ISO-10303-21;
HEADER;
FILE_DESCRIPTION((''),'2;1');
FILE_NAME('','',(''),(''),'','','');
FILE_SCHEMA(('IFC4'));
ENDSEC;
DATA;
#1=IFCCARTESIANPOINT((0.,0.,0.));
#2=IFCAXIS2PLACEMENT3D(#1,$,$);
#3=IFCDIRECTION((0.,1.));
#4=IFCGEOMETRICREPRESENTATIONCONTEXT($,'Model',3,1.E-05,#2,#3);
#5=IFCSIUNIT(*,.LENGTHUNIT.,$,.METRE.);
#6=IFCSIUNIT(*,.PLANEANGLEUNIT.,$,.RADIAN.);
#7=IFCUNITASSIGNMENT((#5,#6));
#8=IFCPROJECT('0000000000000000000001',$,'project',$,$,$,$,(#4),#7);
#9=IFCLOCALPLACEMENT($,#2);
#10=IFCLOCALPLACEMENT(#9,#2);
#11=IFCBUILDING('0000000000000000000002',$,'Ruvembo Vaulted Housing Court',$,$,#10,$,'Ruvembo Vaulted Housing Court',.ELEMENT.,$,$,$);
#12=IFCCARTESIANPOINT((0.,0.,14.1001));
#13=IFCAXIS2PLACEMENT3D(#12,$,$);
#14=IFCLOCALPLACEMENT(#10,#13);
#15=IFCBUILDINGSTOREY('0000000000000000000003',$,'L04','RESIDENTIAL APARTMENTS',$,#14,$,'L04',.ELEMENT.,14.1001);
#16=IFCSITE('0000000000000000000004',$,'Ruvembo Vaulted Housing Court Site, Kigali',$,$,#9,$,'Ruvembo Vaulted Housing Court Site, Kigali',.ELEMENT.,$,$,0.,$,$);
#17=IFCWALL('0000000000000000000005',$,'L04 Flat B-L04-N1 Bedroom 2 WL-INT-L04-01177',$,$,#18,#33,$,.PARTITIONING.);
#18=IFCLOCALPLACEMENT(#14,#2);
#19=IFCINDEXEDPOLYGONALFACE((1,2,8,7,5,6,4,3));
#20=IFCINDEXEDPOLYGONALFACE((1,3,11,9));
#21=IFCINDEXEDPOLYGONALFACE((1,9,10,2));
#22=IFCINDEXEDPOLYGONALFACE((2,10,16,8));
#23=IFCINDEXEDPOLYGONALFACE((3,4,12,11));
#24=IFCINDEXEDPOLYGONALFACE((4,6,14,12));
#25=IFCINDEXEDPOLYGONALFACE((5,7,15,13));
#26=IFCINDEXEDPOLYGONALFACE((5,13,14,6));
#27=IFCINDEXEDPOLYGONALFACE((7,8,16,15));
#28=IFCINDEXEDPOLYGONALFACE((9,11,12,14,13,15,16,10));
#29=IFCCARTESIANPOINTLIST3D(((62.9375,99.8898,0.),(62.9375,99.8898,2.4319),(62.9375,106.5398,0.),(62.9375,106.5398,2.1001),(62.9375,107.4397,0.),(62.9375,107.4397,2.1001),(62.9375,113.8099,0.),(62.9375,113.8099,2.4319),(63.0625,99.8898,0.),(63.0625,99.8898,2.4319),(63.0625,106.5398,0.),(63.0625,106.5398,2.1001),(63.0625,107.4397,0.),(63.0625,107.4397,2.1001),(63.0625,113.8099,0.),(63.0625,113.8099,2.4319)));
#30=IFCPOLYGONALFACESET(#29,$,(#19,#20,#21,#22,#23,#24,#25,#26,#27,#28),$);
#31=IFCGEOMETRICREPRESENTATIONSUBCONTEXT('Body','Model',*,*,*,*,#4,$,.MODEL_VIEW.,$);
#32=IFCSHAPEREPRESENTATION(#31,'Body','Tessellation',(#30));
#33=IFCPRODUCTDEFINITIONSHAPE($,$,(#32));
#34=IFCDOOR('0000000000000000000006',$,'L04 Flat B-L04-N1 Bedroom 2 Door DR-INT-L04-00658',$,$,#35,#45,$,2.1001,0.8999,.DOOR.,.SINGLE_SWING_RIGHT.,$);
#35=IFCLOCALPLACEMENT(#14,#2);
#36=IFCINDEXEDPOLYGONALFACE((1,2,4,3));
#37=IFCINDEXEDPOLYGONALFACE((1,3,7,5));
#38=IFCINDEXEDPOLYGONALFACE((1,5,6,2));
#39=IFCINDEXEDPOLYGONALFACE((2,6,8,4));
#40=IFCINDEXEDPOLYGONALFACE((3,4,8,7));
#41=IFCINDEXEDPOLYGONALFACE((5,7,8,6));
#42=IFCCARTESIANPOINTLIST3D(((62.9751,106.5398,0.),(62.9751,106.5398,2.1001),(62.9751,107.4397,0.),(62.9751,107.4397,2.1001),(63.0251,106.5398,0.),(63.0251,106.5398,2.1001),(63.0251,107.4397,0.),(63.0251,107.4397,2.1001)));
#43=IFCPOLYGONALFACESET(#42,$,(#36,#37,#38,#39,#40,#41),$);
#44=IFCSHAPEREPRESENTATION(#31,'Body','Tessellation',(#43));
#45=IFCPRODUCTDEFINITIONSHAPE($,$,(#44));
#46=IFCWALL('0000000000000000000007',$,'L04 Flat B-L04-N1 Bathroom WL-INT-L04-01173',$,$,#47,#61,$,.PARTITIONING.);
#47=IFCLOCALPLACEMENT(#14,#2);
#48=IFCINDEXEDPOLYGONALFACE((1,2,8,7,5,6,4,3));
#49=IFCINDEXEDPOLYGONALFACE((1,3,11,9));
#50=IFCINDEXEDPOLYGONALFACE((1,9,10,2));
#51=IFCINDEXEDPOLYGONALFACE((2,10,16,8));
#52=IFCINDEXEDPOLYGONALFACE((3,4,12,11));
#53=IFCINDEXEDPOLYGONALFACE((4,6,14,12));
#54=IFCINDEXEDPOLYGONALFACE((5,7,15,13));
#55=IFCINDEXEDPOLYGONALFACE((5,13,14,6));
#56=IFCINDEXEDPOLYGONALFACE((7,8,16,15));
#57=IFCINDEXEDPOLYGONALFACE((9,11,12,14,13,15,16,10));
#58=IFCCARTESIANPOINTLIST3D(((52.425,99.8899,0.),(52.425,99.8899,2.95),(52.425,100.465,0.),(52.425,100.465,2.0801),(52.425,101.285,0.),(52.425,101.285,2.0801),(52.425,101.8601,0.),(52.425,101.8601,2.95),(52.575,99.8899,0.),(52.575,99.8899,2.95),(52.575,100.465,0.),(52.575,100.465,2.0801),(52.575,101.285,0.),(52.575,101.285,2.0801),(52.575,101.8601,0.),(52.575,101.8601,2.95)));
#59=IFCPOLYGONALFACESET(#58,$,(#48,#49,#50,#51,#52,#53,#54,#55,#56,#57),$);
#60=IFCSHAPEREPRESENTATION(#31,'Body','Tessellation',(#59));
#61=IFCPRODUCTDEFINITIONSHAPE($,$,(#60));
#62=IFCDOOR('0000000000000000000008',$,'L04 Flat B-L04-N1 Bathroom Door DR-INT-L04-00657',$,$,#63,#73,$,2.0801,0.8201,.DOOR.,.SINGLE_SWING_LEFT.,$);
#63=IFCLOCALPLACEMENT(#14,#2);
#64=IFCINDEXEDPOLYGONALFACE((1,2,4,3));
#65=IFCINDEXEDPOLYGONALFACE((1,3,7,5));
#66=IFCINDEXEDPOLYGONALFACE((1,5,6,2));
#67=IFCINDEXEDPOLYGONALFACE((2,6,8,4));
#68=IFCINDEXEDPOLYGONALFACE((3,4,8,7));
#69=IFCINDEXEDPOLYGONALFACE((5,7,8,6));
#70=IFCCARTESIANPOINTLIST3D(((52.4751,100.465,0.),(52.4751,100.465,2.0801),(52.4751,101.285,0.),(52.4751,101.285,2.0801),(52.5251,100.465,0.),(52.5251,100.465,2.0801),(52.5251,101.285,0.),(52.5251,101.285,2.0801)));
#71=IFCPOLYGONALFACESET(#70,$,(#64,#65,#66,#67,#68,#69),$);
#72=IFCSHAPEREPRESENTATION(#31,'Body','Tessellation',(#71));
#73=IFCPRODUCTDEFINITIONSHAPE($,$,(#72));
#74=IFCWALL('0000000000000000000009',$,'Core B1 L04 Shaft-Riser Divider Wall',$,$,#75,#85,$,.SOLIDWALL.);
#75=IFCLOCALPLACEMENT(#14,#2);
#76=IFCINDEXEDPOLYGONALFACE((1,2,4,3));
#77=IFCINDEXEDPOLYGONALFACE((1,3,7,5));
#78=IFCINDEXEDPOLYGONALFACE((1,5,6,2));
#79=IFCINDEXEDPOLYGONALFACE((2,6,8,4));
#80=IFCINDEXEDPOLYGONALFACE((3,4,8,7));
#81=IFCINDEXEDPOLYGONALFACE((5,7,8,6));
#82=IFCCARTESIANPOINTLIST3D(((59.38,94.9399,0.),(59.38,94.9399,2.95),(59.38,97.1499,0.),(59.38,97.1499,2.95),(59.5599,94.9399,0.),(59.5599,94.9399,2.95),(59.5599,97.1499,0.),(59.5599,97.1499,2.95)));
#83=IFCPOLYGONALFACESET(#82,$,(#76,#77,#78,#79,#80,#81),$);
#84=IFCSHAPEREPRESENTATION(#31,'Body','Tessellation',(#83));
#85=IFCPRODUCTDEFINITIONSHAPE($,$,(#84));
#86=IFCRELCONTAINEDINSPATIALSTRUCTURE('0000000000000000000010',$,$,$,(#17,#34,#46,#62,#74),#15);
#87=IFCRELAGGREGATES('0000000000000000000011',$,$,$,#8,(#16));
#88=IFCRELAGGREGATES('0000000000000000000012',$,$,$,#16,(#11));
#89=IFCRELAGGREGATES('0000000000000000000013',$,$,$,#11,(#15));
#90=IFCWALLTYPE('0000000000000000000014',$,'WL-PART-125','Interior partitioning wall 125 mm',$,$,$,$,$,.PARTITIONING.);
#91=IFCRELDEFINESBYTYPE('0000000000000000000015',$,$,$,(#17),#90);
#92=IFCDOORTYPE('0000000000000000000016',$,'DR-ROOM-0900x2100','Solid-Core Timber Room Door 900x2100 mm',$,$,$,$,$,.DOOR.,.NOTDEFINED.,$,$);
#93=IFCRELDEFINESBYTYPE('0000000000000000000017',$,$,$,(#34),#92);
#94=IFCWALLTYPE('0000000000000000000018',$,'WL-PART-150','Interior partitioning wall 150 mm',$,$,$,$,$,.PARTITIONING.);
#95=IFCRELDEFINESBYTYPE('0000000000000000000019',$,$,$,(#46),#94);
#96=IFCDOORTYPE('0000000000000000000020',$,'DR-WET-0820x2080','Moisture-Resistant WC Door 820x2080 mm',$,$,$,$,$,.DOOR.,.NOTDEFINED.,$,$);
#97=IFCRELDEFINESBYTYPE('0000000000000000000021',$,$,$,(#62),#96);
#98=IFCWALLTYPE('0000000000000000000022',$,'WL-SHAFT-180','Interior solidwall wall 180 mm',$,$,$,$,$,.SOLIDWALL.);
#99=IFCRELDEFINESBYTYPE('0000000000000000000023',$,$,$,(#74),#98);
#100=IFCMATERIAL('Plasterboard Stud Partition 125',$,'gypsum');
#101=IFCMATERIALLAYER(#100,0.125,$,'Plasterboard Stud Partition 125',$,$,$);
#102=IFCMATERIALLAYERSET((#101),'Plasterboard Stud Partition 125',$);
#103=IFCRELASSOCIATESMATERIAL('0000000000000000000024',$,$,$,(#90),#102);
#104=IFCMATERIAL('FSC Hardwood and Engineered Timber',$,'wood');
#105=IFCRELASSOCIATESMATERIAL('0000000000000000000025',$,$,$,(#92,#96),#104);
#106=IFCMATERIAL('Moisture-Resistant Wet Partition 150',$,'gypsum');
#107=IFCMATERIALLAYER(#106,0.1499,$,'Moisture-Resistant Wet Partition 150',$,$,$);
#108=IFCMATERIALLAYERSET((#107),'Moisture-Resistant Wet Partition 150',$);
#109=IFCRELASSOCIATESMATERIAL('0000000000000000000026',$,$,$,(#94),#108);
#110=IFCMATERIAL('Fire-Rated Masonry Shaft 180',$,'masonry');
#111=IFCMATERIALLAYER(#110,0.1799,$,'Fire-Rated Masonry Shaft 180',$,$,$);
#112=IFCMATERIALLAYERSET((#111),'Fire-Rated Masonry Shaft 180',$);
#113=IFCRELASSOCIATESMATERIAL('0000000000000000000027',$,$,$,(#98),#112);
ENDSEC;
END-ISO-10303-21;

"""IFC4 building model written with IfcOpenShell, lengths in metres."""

from ifc_helpers import new_model, si_unit, direction, frame, frame_2d, origin, place, context, subcontext, project, spatial, rectangle, extrude, material, layer, layer_set, type_object, element, fill, save


model = new_model("IFC4")

# Units and contexts
model_context = context("Model", 3, precision=1e-05, world=origin(), true_north=direction((0.0, 1.0)))
body_context = subcontext(model_context, "Body", "Model", "MODEL_VIEW")
ifc_project = project(units=[si_unit("LENGTHUNIT", "METRE"), si_unit("PLANEANGLEUNIT", "RADIAN")], contexts=[model_context])

# Site, building, storey
site_placement = place(None, origin())
site = spatial("IfcSite", under=ifc_project, at=site_placement, Name="Ruvembo Vaulted Housing Court Site, Kigali", LongName="Ruvembo Vaulted Housing Court Site, Kigali", CompositionType="ELEMENT", RefElevation=0.0)
building_placement = place(site_placement, origin())
building = spatial("IfcBuilding", under=site, at=building_placement, Name="Ruvembo Vaulted Housing Court", LongName="Ruvembo Vaulted Housing Court", CompositionType="ELEMENT")
storey_placement = place(building_placement, frame((0.0, 0.0, 14.1001)))
storey = spatial("IfcBuildingStorey", under=building, at=storey_placement, Name="L04", Description="RESIDENTIAL APARTMENTS", LongName="L04", CompositionType="ELEMENT", Elevation=14.1001)

# Shared definitions
ifc_material_1 = material(Name="FSC Hardwood and Engineered Timber", Category="wood")

# Walls, openings, doors
ifc_material_2 = material(Name="Plasterboard Stud Partition 125", Category="gypsum")
ifc_layer_1 = layer(ifc_material_2, 0.125, Name="Plasterboard Stud Partition 125")
ifc_layer_set_1 = layer_set([ifc_layer_1], Name="Plasterboard Stud Partition 125")
wall_type_1 = type_object("IfcWallType", Name="WL-PART-125", Description="Interior partitioning wall 125 mm", PredefinedType="PARTITIONING", material=ifc_layer_set_1)
wall_1_placement = place(storey_placement, frame((63.0, 99.8899, 0.0), z_axis=(0.0, 0.0, 1.0), x_axis=(0.0, 1.0, 0.0)))
wall_1 = element("IfcWall", 1, at=wall_1_placement, inside=storey, type_object=wall_type_1, Name="L04 Flat B-L04-N1 Bedroom 2 WL-INT-L04-01177", PredefinedType="PARTITIONING", context=body_context, shape_type="SweptSolid", body=[
    extrude(rectangle(XDim=13.9202, YDim=0.125, at=frame_2d((6.96, 0.0))), origin(), (0.0, 0.0, 1.0), 2.4319),
])
opening_1_placement = place(wall_1_placement, frame((6.6499, 0.0, 0.0)))
opening_1 = element("IfcOpeningElement", 2, at=opening_1_placement, cuts=wall_1, PredefinedType="OPENING", context=body_context, shape_type="SweptSolid", body=[
    extrude(rectangle(XDim=0.8999, YDim=2.1001, at=frame_2d((0.45, 1.05))), frame((0.0, 0.0725, 0.0), z_axis=(0.0, -1.0, 0.0), x_axis=(1.0, 0.0, 0.0)), (0.0, 0.0, 1.0), 0.145),
])
door_type_1 = type_object("IfcDoorType", Name="DR-ROOM-0900x2100", Description="Solid-Core Timber Room Door 900x2100 mm", OperationType="NOTDEFINED", PredefinedType="DOOR", material=ifc_material_1)
door_1_placement = place(opening_1_placement, origin())
door_1 = element("IfcDoor", 3, at=door_1_placement, inside=storey, type_object=door_type_1, Name="L04 Flat B-L04-N1 Bedroom 2 Door DR-INT-L04-00658", OperationType="SINGLE_SWING_RIGHT", OverallHeight=2.1001, OverallWidth=0.8999, PredefinedType="DOOR", context=body_context, shape_type="SweptSolid", body=[
    extrude(rectangle(XDim=0.8999, YDim=2.1001, at=frame_2d((0.45, 1.05))), frame((0.0, 0.0249, 0.0), z_axis=(0.0, -1.0, 0.0), x_axis=(1.0, 0.0, 0.0)), (0.0, 0.0, 1.0), 0.05),
])
fill(opening_1, door_1)
ifc_material_3 = material(Name="Moisture-Resistant Wet Partition 150", Category="gypsum")
ifc_layer_2 = layer(ifc_material_3, 0.1499, Name="Moisture-Resistant Wet Partition 150")
ifc_layer_set_2 = layer_set([ifc_layer_2], Name="Moisture-Resistant Wet Partition 150")
wall_type_2 = type_object("IfcWallType", Name="WL-PART-150", Description="Interior partitioning wall 150 mm", PredefinedType="PARTITIONING", material=ifc_layer_set_2)
wall_2_placement = place(storey_placement, frame((52.5, 99.8899, 0.0), z_axis=(0.0, 0.0, 1.0), x_axis=(0.0, 1.0, 0.0)))
wall_2 = element("IfcWall", 4, at=wall_2_placement, inside=storey, type_object=wall_type_2, Name="L04 Flat B-L04-N1 Bathroom WL-INT-L04-01173", PredefinedType="PARTITIONING", context=body_context, shape_type="SweptSolid", body=[
    extrude(rectangle(XDim=1.9702, YDim=0.1499, at=frame_2d((0.9851, 0.0))), origin(), (0.0, 0.0, 1.0), 2.95),
])
opening_2_placement = place(wall_2_placement, frame((0.575, 0.0, 0.0)))
opening_2 = element("IfcOpeningElement", 5, at=opening_2_placement, cuts=wall_2, PredefinedType="OPENING", context=body_context, shape_type="SweptSolid", body=[
    extrude(rectangle(XDim=0.8201, YDim=2.0801, at=frame_2d((0.4102, 1.04))), frame((0.0, 0.085, 0.0), z_axis=(0.0, -1.0, 0.0), x_axis=(1.0, 0.0, 0.0)), (0.0, 0.0, 1.0), 0.1699),
])
door_type_2 = type_object("IfcDoorType", Name="DR-WET-0820x2080", Description="Moisture-Resistant WC Door 820x2080 mm", OperationType="NOTDEFINED", PredefinedType="DOOR", material=ifc_material_1)
door_2_placement = place(opening_2_placement, origin())
door_2 = element("IfcDoor", 6, at=door_2_placement, inside=storey, type_object=door_type_2, Name="L04 Flat B-L04-N1 Bathroom Door DR-INT-L04-00657", OperationType="SINGLE_SWING_LEFT", OverallHeight=2.0801, OverallWidth=0.8201, PredefinedType="DOOR", context=body_context, shape_type="SweptSolid", body=[
    extrude(rectangle(XDim=0.8201, YDim=2.0801, at=frame_2d((0.4102, 1.04))), frame((0.0, 0.0249, 0.0), z_axis=(0.0, -1.0, 0.0), x_axis=(1.0, 0.0, 0.0)), (0.0, 0.0, 1.0), 0.05),
])
fill(opening_2, door_2)

# Shared definitions
ifc_material_4 = material(Name="Fire-Rated Masonry Shaft 180", Category="masonry")
ifc_layer_3 = layer(ifc_material_4, 0.1799, Name="Fire-Rated Masonry Shaft 180")
ifc_layer_set_3 = layer_set([ifc_layer_3], Name="Fire-Rated Masonry Shaft 180")
wall_type_3 = type_object("IfcWallType", Name="WL-SHAFT-180", Description="Interior solidwall wall 180 mm", PredefinedType="SOLIDWALL", material=ifc_layer_set_3)

# Wall
wall_3_placement = place(storey_placement, frame((59.47, 94.9399, 0.0), z_axis=(0.0, 0.0, 1.0), x_axis=(0.0, 1.0, 0.0)))
element("IfcWall", 7, at=wall_3_placement, inside=storey, type_object=wall_type_3, Name="Core B1 L04 Shaft-Riser Divider Wall", PredefinedType="SOLIDWALL", context=body_context, shape_type="SweptSolid", body=[
    extrude(rectangle(XDim=2.21, YDim=0.1799, at=frame_2d((1.105, 0.0))), origin(), (0.0, 0.0, 1.0), 2.95),
])

save(model, "model.ifc")
